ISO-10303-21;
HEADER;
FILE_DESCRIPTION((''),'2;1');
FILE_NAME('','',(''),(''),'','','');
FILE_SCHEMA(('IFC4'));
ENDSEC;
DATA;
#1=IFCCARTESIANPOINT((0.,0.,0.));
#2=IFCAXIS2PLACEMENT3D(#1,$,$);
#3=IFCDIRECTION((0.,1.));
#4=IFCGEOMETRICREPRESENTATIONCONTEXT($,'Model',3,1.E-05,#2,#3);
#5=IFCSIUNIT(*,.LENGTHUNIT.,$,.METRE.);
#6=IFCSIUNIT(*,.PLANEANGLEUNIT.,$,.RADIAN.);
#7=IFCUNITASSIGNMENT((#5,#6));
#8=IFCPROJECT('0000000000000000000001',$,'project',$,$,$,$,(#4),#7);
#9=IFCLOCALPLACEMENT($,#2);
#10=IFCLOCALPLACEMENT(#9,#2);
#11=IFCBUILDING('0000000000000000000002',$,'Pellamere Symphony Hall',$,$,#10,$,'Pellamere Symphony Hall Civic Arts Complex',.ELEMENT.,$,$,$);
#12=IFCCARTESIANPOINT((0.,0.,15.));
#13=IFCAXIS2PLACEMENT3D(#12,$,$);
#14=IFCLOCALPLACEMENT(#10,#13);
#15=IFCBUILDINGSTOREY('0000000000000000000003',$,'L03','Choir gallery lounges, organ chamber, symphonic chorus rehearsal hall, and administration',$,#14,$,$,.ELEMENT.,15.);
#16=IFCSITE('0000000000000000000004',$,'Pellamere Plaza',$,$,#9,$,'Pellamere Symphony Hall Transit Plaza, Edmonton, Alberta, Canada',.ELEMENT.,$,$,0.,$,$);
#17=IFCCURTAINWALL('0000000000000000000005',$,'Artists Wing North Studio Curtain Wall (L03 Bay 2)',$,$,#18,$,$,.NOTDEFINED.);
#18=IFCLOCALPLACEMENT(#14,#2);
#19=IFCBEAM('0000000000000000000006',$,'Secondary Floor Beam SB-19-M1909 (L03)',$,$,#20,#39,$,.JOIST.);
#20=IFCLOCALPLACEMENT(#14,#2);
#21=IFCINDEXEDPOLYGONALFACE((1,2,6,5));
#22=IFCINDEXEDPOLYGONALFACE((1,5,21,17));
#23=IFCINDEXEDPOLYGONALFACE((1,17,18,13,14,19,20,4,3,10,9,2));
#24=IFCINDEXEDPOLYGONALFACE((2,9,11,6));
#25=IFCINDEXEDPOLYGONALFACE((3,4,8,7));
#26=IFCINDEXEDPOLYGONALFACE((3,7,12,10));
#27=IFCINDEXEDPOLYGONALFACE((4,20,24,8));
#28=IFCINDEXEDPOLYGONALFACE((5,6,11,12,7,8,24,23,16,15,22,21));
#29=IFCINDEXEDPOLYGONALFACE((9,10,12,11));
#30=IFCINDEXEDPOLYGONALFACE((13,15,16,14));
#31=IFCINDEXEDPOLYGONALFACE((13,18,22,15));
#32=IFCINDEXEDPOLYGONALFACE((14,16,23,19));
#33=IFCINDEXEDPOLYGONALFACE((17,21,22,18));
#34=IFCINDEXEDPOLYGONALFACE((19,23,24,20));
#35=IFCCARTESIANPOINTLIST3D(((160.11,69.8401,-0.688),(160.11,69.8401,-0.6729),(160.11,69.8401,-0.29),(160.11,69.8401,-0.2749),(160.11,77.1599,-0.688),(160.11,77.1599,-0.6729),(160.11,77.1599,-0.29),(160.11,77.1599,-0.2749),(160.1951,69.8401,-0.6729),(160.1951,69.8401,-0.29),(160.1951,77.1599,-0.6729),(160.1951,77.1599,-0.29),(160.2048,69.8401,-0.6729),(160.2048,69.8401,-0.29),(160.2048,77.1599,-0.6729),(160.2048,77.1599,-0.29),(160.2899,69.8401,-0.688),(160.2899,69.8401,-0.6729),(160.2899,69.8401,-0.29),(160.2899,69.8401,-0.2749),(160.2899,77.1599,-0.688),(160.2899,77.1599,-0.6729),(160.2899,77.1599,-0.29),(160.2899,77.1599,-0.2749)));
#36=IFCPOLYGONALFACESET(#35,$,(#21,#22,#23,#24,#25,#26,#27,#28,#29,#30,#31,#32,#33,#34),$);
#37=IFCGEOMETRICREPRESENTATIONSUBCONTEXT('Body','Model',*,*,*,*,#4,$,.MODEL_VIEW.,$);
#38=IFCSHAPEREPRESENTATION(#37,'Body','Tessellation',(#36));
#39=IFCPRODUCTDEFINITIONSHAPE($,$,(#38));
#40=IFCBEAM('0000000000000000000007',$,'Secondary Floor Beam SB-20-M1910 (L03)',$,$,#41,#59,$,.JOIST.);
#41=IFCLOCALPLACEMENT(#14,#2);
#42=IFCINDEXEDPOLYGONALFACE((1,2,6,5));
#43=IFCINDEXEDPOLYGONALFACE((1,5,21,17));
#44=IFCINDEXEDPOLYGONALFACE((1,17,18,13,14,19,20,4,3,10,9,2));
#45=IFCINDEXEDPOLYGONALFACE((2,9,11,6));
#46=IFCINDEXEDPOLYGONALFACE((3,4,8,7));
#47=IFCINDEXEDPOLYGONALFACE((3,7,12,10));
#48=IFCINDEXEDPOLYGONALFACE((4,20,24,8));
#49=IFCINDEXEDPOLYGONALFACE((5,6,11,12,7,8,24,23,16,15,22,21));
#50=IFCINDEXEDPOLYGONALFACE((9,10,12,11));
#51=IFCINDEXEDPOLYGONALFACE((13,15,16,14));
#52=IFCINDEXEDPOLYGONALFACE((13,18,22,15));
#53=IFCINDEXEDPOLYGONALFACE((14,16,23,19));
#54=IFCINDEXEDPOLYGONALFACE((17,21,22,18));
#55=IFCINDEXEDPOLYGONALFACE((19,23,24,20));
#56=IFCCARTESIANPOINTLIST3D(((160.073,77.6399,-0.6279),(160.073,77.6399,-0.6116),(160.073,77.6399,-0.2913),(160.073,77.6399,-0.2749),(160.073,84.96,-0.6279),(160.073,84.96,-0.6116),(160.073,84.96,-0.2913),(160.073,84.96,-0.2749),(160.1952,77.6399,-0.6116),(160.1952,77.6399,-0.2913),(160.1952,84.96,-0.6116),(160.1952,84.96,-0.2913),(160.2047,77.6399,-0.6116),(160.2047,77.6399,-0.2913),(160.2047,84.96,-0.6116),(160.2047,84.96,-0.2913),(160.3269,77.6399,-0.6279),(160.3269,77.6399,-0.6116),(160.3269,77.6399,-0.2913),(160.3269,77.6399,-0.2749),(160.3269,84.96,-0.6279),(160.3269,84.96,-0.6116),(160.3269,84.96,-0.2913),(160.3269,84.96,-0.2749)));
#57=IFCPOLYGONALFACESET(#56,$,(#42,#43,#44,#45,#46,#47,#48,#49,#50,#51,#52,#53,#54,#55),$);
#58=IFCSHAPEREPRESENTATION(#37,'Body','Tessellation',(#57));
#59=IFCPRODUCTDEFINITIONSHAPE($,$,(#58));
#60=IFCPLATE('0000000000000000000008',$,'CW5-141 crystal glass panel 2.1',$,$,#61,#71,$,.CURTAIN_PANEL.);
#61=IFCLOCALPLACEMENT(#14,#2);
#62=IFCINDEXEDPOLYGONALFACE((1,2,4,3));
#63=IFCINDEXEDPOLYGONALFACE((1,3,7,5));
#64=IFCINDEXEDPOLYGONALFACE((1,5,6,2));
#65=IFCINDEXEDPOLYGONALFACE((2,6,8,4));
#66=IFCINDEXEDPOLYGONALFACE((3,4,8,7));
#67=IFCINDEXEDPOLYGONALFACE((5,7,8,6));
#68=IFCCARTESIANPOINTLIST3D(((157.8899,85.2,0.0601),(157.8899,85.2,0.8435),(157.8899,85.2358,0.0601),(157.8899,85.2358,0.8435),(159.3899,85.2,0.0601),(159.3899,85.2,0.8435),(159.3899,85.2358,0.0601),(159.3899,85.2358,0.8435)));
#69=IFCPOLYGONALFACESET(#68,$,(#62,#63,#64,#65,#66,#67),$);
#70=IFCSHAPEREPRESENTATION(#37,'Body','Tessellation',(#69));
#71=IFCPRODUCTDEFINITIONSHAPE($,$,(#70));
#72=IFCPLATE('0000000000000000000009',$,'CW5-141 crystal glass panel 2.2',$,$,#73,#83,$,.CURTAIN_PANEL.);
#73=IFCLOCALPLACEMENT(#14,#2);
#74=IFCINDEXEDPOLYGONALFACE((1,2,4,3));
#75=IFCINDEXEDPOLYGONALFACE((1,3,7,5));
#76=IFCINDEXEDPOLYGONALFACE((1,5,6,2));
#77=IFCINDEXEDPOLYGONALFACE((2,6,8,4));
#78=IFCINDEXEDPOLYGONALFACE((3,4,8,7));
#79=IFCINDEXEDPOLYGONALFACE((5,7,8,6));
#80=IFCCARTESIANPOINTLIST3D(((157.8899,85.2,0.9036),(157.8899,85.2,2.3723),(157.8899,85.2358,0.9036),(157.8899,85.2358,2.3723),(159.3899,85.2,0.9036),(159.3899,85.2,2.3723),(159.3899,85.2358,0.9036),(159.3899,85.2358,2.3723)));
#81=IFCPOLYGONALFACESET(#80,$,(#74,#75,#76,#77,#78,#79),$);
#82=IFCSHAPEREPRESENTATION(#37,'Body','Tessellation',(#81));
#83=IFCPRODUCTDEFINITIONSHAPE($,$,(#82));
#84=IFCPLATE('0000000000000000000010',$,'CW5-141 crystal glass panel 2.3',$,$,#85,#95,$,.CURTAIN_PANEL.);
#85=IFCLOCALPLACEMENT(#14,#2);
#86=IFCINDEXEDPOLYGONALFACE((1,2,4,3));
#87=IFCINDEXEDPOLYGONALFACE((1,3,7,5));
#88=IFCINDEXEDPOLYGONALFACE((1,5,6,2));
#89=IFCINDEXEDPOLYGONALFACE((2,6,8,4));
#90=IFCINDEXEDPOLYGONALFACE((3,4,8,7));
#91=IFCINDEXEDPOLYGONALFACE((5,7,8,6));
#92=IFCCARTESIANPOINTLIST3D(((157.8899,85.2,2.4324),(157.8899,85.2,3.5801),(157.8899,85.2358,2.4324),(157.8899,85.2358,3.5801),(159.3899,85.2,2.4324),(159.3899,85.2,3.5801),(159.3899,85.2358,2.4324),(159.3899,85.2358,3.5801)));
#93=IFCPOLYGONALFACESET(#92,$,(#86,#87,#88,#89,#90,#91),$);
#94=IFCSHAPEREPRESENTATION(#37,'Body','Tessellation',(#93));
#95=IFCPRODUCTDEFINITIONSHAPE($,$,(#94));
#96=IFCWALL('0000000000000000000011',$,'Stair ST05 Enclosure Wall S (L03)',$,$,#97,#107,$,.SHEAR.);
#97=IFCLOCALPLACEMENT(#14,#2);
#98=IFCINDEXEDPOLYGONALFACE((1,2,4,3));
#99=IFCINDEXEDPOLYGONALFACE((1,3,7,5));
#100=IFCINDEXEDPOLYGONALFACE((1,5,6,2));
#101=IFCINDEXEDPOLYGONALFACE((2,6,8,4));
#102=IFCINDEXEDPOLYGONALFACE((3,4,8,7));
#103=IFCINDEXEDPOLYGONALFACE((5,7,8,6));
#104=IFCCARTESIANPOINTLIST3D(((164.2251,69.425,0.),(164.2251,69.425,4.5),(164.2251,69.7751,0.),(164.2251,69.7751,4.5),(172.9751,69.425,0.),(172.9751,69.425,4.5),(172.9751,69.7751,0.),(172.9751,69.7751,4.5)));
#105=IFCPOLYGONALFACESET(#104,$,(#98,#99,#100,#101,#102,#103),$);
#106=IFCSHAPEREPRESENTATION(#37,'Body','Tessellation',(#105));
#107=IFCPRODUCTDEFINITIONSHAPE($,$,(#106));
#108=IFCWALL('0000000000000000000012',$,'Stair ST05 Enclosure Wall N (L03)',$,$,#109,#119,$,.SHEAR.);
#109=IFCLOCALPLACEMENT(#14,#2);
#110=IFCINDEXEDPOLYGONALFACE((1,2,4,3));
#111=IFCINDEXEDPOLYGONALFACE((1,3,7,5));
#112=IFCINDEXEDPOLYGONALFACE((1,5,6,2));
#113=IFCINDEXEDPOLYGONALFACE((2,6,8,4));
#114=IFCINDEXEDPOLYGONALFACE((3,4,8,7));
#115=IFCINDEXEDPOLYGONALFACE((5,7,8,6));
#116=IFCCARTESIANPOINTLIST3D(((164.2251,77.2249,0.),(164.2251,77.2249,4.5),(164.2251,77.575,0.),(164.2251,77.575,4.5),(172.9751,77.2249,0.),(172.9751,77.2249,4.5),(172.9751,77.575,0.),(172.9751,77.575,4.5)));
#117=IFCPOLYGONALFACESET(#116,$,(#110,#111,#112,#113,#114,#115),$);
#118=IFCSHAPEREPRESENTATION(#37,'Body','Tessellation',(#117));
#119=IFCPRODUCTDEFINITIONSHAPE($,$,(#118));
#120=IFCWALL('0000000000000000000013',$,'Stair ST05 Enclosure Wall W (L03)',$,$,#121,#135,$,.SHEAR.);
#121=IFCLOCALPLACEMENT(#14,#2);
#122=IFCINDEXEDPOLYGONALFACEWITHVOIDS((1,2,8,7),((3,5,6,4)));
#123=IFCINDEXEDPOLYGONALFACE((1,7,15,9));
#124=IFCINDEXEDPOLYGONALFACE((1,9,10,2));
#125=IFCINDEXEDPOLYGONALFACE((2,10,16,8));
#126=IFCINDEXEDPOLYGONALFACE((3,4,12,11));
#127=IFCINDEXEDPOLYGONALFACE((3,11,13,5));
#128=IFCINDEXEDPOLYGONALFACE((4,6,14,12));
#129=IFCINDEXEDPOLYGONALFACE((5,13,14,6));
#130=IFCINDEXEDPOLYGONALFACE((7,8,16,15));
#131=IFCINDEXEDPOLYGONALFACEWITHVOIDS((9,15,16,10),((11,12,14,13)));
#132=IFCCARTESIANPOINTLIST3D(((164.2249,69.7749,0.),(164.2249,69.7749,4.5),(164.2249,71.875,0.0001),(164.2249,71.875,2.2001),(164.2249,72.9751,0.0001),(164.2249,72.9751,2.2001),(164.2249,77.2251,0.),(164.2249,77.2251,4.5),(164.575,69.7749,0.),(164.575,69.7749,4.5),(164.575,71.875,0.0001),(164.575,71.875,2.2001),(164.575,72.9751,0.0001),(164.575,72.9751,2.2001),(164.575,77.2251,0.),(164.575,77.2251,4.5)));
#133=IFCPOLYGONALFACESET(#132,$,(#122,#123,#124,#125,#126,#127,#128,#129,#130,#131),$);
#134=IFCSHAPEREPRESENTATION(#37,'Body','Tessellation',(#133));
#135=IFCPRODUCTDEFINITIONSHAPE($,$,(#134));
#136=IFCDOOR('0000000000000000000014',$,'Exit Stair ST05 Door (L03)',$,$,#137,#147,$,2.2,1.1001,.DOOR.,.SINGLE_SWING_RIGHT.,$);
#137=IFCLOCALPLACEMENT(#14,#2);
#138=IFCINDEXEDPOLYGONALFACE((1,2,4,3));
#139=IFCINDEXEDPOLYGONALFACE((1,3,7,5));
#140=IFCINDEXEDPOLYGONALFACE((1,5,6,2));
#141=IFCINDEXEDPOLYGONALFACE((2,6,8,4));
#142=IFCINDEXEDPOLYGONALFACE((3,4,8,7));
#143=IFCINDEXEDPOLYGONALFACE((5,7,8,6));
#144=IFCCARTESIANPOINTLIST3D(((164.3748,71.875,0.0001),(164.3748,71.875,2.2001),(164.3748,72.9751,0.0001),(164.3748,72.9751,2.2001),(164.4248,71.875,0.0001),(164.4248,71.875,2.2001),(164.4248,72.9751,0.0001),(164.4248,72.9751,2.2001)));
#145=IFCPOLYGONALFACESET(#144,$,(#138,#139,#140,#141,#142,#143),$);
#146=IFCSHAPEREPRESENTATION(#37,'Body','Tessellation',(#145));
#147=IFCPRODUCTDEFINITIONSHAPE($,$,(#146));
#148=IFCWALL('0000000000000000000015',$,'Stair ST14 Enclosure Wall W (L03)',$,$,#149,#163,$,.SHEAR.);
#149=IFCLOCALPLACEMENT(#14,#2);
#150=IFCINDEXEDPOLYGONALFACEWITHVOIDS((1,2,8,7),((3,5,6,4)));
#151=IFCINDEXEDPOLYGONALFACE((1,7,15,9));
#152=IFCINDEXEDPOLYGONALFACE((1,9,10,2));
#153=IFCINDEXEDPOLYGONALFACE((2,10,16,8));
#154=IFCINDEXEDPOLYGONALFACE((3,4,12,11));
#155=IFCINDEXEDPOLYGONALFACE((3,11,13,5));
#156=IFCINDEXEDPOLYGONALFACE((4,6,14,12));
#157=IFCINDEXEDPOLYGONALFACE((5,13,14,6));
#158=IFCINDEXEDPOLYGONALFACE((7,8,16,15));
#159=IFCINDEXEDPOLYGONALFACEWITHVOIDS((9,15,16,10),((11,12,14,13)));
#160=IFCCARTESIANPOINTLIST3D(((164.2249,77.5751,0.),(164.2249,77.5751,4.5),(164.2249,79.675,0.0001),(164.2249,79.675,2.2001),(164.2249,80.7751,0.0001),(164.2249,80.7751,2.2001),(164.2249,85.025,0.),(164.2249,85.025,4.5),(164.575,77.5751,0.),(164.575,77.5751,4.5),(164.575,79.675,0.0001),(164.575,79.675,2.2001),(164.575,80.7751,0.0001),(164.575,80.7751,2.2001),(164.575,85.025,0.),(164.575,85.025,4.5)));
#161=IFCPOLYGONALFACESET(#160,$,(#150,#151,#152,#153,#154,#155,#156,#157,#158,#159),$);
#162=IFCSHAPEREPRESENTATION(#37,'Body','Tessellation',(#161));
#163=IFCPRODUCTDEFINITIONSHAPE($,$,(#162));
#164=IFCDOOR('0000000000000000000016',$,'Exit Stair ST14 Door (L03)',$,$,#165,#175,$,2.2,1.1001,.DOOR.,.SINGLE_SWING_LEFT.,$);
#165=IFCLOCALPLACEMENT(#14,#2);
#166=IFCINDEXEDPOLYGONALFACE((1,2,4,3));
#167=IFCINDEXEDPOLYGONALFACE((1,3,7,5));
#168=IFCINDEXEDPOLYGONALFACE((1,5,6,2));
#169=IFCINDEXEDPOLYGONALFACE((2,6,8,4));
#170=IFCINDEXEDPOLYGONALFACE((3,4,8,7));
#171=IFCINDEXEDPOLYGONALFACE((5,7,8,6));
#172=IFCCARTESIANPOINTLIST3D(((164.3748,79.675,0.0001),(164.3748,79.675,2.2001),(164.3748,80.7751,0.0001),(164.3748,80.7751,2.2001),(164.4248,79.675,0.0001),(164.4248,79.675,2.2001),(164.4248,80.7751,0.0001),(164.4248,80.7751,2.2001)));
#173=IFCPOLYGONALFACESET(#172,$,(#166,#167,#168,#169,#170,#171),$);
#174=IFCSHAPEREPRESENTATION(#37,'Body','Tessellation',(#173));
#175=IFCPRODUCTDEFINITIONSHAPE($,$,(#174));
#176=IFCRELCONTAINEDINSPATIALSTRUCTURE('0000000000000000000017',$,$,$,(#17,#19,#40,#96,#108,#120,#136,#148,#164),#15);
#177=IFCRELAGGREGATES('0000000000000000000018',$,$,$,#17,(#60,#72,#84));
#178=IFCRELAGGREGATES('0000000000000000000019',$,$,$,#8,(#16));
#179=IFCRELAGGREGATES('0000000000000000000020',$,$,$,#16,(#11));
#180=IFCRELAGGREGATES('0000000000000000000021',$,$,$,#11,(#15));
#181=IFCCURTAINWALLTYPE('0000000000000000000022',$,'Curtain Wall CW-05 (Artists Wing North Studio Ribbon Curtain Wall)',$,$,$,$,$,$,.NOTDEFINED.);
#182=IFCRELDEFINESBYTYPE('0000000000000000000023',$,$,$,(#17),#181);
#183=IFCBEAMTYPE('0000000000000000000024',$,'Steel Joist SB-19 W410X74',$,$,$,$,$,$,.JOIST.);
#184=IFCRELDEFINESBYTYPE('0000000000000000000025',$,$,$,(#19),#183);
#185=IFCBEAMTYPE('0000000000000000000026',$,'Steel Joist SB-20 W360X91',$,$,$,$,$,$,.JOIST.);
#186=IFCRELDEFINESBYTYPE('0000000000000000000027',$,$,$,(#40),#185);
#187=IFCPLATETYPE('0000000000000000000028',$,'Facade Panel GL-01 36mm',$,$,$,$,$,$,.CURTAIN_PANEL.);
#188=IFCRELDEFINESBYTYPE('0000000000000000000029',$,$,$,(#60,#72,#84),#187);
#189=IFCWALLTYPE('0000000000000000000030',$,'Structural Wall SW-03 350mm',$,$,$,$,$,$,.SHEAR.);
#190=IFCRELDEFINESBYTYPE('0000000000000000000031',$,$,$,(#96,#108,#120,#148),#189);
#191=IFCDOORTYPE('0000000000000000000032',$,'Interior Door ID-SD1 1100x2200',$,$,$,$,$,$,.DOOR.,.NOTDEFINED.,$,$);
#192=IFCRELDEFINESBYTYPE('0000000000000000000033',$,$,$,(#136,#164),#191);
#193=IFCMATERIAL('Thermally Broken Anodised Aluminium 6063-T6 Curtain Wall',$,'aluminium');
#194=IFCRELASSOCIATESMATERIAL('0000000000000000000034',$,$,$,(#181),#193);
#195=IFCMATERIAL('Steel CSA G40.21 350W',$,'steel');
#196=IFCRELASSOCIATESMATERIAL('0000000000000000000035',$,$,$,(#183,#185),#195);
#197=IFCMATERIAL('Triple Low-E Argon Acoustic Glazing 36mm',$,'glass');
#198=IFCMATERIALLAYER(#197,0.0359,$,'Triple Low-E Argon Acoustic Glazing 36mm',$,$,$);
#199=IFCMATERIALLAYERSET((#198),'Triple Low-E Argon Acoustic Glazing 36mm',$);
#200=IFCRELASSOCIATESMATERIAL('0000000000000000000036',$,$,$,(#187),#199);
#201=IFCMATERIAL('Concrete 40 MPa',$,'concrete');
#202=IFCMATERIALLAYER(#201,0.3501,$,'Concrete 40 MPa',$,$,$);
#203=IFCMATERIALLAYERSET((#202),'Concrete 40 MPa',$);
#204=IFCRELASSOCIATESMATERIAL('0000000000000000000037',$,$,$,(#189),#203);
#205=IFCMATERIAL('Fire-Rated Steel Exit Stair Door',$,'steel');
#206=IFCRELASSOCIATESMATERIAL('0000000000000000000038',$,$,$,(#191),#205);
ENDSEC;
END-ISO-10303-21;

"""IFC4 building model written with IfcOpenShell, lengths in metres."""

from ifc_helpers import new_model, si_unit, direction, frame, frame_2d, origin, origin_2d, place, context, subcontext, project, spatial, polyline, rectangle, i_section, outline, extrude, material, layer, layer_set, material_profile, profile_set, type_object, element, fill, aggregate, save


model = new_model("IFC4")

# Units and contexts
model_context = context("Model", 3, precision=1e-05, world=origin(), true_north=direction((0.0, 1.0)))
body_context = subcontext(model_context, "Body", "Model", "MODEL_VIEW")
ifc_project = project(units=[si_unit("LENGTHUNIT", "METRE"), si_unit("PLANEANGLEUNIT", "RADIAN")], contexts=[model_context])

# Site, building, storey
site_placement = place(None, origin())
site = spatial("IfcSite", under=ifc_project, at=site_placement, Name="Pellamere Plaza", LongName="Pellamere Symphony Hall Transit Plaza, Edmonton, Alberta, Canada", CompositionType="ELEMENT", RefElevation=0.0)
building_placement = place(site_placement, origin())
building = spatial("IfcBuilding", under=site, at=building_placement, Name="Pellamere Symphony Hall", LongName="Pellamere Symphony Hall Civic Arts Complex", CompositionType="ELEMENT")
storey_placement = place(building_placement, frame((0.0, 0.0, 15.0)))
storey = spatial("IfcBuildingStorey", under=building, at=storey_placement, Name="L03", Description="Choir gallery lounges, organ chamber, symphonic chorus rehearsal hall, and administration", CompositionType="ELEMENT", Elevation=15.0)

# Shared definitions
ifc_material_1 = material(Name="Concrete 40 MPa", Category="concrete")

# Curtain wall
ifc_material_2 = material(Name="Thermally Broken Anodised Aluminium 6063-T6 Curtain Wall", Category="aluminium")
curtain_wall_type = type_object("IfcCurtainWallType", Name="Curtain Wall CW-05 (Artists Wing North Studio Ribbon Curtain Wall)", PredefinedType="NOTDEFINED", material=ifc_material_2)
curtain_wall_placement = place(storey_placement, origin())
curtain_wall = element("IfcCurtainWall", 1, at=curtain_wall_placement, inside=storey, type_object=curtain_wall_type, Name="Artists Wing North Studio Curtain Wall (L03 Bay 2)", PredefinedType="NOTDEFINED")

# Beams
ifc_material_3 = material(Name="Steel CSA G40.21 350W", Category="steel")
ifc_material_profile_1 = material_profile(ifc_material_3, i_section(OverallWidth=0.1799, OverallDepth=0.4131, WebThickness=0.0098, FlangeThickness=0.0151, at=origin_2d()), Name="W410X74")
ifc_profile_set_1 = profile_set([ifc_material_profile_1], Name="Steel CSA G40.21 350W")
beam_type_1 = type_object("IfcBeamType", Name="Steel Joist SB-19 W410X74", PredefinedType="JOIST", material=ifc_profile_set_1)
beam_1_placement = place(storey_placement, frame((160.2, 69.8401, -0.4814), z_axis=(0.0, 1.0, 0.0), x_axis=(-1.0, 0.0, 0.0)))
element("IfcBeam", 2, at=beam_1_placement, inside=storey, type_object=beam_type_1, Name="Secondary Floor Beam SB-19-M1909 (L03)", PredefinedType="JOIST", context=body_context, shape_type="SweptSolid", body=[
    extrude(i_section(OverallWidth=0.1799, OverallDepth=0.4131, WebThickness=0.0098, FlangeThickness=0.0151, at=origin_2d()), origin(), (0.0, 0.0, 1.0), 7.3198),
])
ifc_material_profile_2 = material_profile(ifc_material_3, i_section(OverallWidth=0.2539, OverallDepth=0.353, WebThickness=0.0095, FlangeThickness=0.0164, at=origin_2d()), Name="W360X91")
ifc_profile_set_2 = profile_set([ifc_material_profile_2], Name="Steel CSA G40.21 350W")
beam_type_2 = type_object("IfcBeamType", Name="Steel Joist SB-20 W360X91", PredefinedType="JOIST", material=ifc_profile_set_2)
beam_2_placement = place(storey_placement, frame((160.2, 77.6399, -0.4514), z_axis=(0.0, 1.0, 0.0), x_axis=(-1.0, 0.0, 0.0)))
element("IfcBeam", 3, at=beam_2_placement, inside=storey, type_object=beam_type_2, Name="Secondary Floor Beam SB-20-M1910 (L03)", PredefinedType="JOIST", context=body_context, shape_type="SweptSolid", body=[
    extrude(i_section(OverallWidth=0.2539, OverallDepth=0.353, WebThickness=0.0095, FlangeThickness=0.0164, at=origin_2d()), origin(), (0.0, 0.0, 1.0), 7.3201),
])

# Plates
ifc_material_4 = material(Name="Triple Low-E Argon Acoustic Glazing 36mm", Category="glass")
ifc_layer_1 = layer(ifc_material_4, 0.0359, Name="Triple Low-E Argon Acoustic Glazing 36mm")
ifc_layer_set_1 = layer_set([ifc_layer_1], Name="Triple Low-E Argon Acoustic Glazing 36mm")
plate_type = type_object("IfcPlateType", Name="Facade Panel GL-01 36mm", PredefinedType="CURTAIN_PANEL", material=ifc_layer_set_1)
plate_1_placement = place(storey_placement, frame((157.8899, 85.2, 0.0601), z_axis=(0.0, -1.0, 0.0), x_axis=(1.0, 0.0, 0.0)))
plate_1 = element("IfcPlate", 4, at=plate_1_placement, type_object=plate_type, Name="CW5-141 crystal glass panel 2.1", PredefinedType="CURTAIN_PANEL", context=body_context, shape_type="SweptSolid", body=[
    extrude(outline(polyline([(0.0, 0.0), (1.5, 0.0), (1.5, 0.7834), (0.0, 0.7834), (0.0, 0.0)])), origin(), (0.0, 0.0, -1.0), 0.0359),
])
plate_2_placement = place(storey_placement, frame((157.8899, 85.2, 0.9036), z_axis=(0.0, -1.0, 0.0), x_axis=(1.0, 0.0, 0.0)))
plate_2 = element("IfcPlate", 5, at=plate_2_placement, type_object=plate_type, Name="CW5-141 crystal glass panel 2.2", PredefinedType="CURTAIN_PANEL", context=body_context, shape_type="SweptSolid", body=[
    extrude(outline(polyline([(0.0, 0.0), (1.5, 0.0), (1.5, 1.4688), (0.0, 1.4688), (0.0, 0.0)])), origin(), (0.0, 0.0, -1.0), 0.0359),
])
plate_3_placement = place(storey_placement, frame((157.8899, 85.2, 2.4324), z_axis=(0.0, -1.0, 0.0), x_axis=(1.0, 0.0, 0.0)))
plate_3 = element("IfcPlate", 6, at=plate_3_placement, type_object=plate_type, Name="CW5-141 crystal glass panel 2.3", PredefinedType="CURTAIN_PANEL", context=body_context, shape_type="SweptSolid", body=[
    extrude(outline(polyline([(0.0, 0.0), (1.5, 0.0), (1.5, 1.1477), (0.0, 1.1477), (0.0, 0.0)])), origin(), (0.0, 0.0, -1.0), 0.0359),
])
aggregate(curtain_wall, [plate_1, plate_2, plate_3])

# Walls
ifc_layer_2 = layer(ifc_material_1, 0.3501, Name="Concrete 40 MPa")
ifc_layer_set_2 = layer_set([ifc_layer_2], Name="Concrete 40 MPa")
wall_type_1 = type_object("IfcWallType", Name="Structural Wall SW-03 350mm", PredefinedType="SHEAR", material=ifc_layer_set_2)
for number, where, z_axis, x_axis, name in (
    (7, (164.2251, 69.6001, 0.0), (0.0, 0.0, 1.0), (1.0, 0.0, 0.0), "Stair ST05 Enclosure Wall S (L03)"),
    (8, (164.2251, 77.3999, 0.0), (0.0, 0.0, 1.0), (1.0, 0.0, 0.0), "Stair ST05 Enclosure Wall N (L03)"),
):
    element("IfcWall", number, at=place(storey_placement, frame(where, z_axis=z_axis, x_axis=x_axis)), inside=storey, type_object=wall_type_1, Name=name, PredefinedType="SHEAR", context=body_context, shape_type="SweptSolid", body=[
        extrude(rectangle(XDim=8.75, YDim=0.3501, at=frame_2d((4.375, 0.0))), origin(), (0.0, 0.0, 1.0), 4.5),
    ])

# Walls, openings, doors
wall_1_placement = place(storey_placement, frame((164.3999, 69.7749, 0.0), z_axis=(0.0, 0.0, 1.0), x_axis=(0.0, 1.0, 0.0)))
wall_1 = element("IfcWall", 9, at=wall_1_placement, inside=storey, type_object=wall_type_1, Name="Stair ST05 Enclosure Wall W (L03)", PredefinedType="SHEAR", context=body_context, shape_type="SweptSolid", body=[
    extrude(rectangle(XDim=7.4502, YDim=0.3501, at=frame_2d((3.7251, 0.0))), origin(), (0.0, 0.0, 1.0), 4.5),
])
opening_1_placement = place(wall_1_placement, frame((2.1001, 0.0, 0.0)))
opening_1 = element("IfcOpeningElement", 10, at=opening_1_placement, cuts=wall_1, PredefinedType="OPENING", context=body_context, shape_type="SweptSolid", body=[
    extrude(rectangle(XDim=1.1001, YDim=2.2, at=frame_2d((0.55, 1.1001))), frame((0.0, 0.1851, 0.0), z_axis=(0.0, -1.0, 0.0), x_axis=(1.0, 0.0, 0.0)), (0.0, 0.0, 1.0), 0.3701),
])
ifc_material_5 = material(Name="Fire-Rated Steel Exit Stair Door", Category="steel")
door_type = type_object("IfcDoorType", Name="Interior Door ID-SD1 1100x2200", OperationType="NOTDEFINED", PredefinedType="DOOR", material=ifc_material_5)
door_1_placement = place(opening_1_placement, frame((1.1001, 0.0, 0.0), z_axis=(0.0, 0.0, 1.0), x_axis=(-1.0, 0.0, 0.0)))
door_1 = element("IfcDoor", 11, at=door_1_placement, inside=storey, type_object=door_type, Name="Exit Stair ST05 Door (L03)", OperationType="SINGLE_SWING_RIGHT", OverallHeight=2.2, OverallWidth=1.1001, PredefinedType="DOOR", context=body_context, shape_type="SweptSolid", body=[
    extrude(rectangle(XDim=1.1001, YDim=2.2, at=frame_2d((0.55, 1.1001))), frame((0.0, 0.0249, 0.0), z_axis=(0.0, -1.0, 0.0), x_axis=(1.0, 0.0, 0.0)), (0.0, 0.0, 1.0), 0.05),
])
fill(opening_1, door_1)
wall_2_placement = place(storey_placement, frame((164.3999, 77.575, 0.0), z_axis=(0.0, 0.0, 1.0), x_axis=(0.0, 1.0, 0.0)))
wall_2 = element("IfcWall", 12, at=wall_2_placement, inside=storey, type_object=wall_type_1, Name="Stair ST14 Enclosure Wall W (L03)", PredefinedType="SHEAR", context=body_context, shape_type="SweptSolid", body=[
    extrude(rectangle(XDim=7.45, YDim=0.3501, at=frame_2d((3.7251, 0.0))), origin(), (0.0, 0.0, 1.0), 4.5),
])
opening_2_placement = place(wall_2_placement, frame((2.1001, 0.0, 0.0)))
opening_2 = element("IfcOpeningElement", 13, at=opening_2_placement, cuts=wall_2, PredefinedType="OPENING", context=body_context, shape_type="SweptSolid", body=[
    extrude(rectangle(XDim=1.1001, YDim=2.2, at=frame_2d((0.55, 1.1001))), frame((0.0, 0.1851, 0.0), z_axis=(0.0, -1.0, 0.0), x_axis=(1.0, 0.0, 0.0)), (0.0, 0.0, 1.0), 0.3701),
])
door_2_placement = place(opening_2_placement, frame((1.1001, 0.0, 0.0), z_axis=(0.0, 0.0, 1.0), x_axis=(-1.0, 0.0, 0.0)))
door_2 = element("IfcDoor", 14, at=door_2_placement, inside=storey, type_object=door_type, Name="Exit Stair ST14 Door (L03)", OperationType="SINGLE_SWING_LEFT", OverallHeight=2.2, OverallWidth=1.1001, PredefinedType="DOOR", context=body_context, shape_type="SweptSolid", body=[
    extrude(rectangle(XDim=1.1001, YDim=2.2, at=frame_2d((0.55, 1.1001))), frame((0.0, 0.0249, 0.0), z_axis=(0.0, -1.0, 0.0), x_axis=(1.0, 0.0, 0.0)), (0.0, 0.0, 1.0), 0.05),
])
fill(opening_2, door_2)

save(model, "model.ifc")
